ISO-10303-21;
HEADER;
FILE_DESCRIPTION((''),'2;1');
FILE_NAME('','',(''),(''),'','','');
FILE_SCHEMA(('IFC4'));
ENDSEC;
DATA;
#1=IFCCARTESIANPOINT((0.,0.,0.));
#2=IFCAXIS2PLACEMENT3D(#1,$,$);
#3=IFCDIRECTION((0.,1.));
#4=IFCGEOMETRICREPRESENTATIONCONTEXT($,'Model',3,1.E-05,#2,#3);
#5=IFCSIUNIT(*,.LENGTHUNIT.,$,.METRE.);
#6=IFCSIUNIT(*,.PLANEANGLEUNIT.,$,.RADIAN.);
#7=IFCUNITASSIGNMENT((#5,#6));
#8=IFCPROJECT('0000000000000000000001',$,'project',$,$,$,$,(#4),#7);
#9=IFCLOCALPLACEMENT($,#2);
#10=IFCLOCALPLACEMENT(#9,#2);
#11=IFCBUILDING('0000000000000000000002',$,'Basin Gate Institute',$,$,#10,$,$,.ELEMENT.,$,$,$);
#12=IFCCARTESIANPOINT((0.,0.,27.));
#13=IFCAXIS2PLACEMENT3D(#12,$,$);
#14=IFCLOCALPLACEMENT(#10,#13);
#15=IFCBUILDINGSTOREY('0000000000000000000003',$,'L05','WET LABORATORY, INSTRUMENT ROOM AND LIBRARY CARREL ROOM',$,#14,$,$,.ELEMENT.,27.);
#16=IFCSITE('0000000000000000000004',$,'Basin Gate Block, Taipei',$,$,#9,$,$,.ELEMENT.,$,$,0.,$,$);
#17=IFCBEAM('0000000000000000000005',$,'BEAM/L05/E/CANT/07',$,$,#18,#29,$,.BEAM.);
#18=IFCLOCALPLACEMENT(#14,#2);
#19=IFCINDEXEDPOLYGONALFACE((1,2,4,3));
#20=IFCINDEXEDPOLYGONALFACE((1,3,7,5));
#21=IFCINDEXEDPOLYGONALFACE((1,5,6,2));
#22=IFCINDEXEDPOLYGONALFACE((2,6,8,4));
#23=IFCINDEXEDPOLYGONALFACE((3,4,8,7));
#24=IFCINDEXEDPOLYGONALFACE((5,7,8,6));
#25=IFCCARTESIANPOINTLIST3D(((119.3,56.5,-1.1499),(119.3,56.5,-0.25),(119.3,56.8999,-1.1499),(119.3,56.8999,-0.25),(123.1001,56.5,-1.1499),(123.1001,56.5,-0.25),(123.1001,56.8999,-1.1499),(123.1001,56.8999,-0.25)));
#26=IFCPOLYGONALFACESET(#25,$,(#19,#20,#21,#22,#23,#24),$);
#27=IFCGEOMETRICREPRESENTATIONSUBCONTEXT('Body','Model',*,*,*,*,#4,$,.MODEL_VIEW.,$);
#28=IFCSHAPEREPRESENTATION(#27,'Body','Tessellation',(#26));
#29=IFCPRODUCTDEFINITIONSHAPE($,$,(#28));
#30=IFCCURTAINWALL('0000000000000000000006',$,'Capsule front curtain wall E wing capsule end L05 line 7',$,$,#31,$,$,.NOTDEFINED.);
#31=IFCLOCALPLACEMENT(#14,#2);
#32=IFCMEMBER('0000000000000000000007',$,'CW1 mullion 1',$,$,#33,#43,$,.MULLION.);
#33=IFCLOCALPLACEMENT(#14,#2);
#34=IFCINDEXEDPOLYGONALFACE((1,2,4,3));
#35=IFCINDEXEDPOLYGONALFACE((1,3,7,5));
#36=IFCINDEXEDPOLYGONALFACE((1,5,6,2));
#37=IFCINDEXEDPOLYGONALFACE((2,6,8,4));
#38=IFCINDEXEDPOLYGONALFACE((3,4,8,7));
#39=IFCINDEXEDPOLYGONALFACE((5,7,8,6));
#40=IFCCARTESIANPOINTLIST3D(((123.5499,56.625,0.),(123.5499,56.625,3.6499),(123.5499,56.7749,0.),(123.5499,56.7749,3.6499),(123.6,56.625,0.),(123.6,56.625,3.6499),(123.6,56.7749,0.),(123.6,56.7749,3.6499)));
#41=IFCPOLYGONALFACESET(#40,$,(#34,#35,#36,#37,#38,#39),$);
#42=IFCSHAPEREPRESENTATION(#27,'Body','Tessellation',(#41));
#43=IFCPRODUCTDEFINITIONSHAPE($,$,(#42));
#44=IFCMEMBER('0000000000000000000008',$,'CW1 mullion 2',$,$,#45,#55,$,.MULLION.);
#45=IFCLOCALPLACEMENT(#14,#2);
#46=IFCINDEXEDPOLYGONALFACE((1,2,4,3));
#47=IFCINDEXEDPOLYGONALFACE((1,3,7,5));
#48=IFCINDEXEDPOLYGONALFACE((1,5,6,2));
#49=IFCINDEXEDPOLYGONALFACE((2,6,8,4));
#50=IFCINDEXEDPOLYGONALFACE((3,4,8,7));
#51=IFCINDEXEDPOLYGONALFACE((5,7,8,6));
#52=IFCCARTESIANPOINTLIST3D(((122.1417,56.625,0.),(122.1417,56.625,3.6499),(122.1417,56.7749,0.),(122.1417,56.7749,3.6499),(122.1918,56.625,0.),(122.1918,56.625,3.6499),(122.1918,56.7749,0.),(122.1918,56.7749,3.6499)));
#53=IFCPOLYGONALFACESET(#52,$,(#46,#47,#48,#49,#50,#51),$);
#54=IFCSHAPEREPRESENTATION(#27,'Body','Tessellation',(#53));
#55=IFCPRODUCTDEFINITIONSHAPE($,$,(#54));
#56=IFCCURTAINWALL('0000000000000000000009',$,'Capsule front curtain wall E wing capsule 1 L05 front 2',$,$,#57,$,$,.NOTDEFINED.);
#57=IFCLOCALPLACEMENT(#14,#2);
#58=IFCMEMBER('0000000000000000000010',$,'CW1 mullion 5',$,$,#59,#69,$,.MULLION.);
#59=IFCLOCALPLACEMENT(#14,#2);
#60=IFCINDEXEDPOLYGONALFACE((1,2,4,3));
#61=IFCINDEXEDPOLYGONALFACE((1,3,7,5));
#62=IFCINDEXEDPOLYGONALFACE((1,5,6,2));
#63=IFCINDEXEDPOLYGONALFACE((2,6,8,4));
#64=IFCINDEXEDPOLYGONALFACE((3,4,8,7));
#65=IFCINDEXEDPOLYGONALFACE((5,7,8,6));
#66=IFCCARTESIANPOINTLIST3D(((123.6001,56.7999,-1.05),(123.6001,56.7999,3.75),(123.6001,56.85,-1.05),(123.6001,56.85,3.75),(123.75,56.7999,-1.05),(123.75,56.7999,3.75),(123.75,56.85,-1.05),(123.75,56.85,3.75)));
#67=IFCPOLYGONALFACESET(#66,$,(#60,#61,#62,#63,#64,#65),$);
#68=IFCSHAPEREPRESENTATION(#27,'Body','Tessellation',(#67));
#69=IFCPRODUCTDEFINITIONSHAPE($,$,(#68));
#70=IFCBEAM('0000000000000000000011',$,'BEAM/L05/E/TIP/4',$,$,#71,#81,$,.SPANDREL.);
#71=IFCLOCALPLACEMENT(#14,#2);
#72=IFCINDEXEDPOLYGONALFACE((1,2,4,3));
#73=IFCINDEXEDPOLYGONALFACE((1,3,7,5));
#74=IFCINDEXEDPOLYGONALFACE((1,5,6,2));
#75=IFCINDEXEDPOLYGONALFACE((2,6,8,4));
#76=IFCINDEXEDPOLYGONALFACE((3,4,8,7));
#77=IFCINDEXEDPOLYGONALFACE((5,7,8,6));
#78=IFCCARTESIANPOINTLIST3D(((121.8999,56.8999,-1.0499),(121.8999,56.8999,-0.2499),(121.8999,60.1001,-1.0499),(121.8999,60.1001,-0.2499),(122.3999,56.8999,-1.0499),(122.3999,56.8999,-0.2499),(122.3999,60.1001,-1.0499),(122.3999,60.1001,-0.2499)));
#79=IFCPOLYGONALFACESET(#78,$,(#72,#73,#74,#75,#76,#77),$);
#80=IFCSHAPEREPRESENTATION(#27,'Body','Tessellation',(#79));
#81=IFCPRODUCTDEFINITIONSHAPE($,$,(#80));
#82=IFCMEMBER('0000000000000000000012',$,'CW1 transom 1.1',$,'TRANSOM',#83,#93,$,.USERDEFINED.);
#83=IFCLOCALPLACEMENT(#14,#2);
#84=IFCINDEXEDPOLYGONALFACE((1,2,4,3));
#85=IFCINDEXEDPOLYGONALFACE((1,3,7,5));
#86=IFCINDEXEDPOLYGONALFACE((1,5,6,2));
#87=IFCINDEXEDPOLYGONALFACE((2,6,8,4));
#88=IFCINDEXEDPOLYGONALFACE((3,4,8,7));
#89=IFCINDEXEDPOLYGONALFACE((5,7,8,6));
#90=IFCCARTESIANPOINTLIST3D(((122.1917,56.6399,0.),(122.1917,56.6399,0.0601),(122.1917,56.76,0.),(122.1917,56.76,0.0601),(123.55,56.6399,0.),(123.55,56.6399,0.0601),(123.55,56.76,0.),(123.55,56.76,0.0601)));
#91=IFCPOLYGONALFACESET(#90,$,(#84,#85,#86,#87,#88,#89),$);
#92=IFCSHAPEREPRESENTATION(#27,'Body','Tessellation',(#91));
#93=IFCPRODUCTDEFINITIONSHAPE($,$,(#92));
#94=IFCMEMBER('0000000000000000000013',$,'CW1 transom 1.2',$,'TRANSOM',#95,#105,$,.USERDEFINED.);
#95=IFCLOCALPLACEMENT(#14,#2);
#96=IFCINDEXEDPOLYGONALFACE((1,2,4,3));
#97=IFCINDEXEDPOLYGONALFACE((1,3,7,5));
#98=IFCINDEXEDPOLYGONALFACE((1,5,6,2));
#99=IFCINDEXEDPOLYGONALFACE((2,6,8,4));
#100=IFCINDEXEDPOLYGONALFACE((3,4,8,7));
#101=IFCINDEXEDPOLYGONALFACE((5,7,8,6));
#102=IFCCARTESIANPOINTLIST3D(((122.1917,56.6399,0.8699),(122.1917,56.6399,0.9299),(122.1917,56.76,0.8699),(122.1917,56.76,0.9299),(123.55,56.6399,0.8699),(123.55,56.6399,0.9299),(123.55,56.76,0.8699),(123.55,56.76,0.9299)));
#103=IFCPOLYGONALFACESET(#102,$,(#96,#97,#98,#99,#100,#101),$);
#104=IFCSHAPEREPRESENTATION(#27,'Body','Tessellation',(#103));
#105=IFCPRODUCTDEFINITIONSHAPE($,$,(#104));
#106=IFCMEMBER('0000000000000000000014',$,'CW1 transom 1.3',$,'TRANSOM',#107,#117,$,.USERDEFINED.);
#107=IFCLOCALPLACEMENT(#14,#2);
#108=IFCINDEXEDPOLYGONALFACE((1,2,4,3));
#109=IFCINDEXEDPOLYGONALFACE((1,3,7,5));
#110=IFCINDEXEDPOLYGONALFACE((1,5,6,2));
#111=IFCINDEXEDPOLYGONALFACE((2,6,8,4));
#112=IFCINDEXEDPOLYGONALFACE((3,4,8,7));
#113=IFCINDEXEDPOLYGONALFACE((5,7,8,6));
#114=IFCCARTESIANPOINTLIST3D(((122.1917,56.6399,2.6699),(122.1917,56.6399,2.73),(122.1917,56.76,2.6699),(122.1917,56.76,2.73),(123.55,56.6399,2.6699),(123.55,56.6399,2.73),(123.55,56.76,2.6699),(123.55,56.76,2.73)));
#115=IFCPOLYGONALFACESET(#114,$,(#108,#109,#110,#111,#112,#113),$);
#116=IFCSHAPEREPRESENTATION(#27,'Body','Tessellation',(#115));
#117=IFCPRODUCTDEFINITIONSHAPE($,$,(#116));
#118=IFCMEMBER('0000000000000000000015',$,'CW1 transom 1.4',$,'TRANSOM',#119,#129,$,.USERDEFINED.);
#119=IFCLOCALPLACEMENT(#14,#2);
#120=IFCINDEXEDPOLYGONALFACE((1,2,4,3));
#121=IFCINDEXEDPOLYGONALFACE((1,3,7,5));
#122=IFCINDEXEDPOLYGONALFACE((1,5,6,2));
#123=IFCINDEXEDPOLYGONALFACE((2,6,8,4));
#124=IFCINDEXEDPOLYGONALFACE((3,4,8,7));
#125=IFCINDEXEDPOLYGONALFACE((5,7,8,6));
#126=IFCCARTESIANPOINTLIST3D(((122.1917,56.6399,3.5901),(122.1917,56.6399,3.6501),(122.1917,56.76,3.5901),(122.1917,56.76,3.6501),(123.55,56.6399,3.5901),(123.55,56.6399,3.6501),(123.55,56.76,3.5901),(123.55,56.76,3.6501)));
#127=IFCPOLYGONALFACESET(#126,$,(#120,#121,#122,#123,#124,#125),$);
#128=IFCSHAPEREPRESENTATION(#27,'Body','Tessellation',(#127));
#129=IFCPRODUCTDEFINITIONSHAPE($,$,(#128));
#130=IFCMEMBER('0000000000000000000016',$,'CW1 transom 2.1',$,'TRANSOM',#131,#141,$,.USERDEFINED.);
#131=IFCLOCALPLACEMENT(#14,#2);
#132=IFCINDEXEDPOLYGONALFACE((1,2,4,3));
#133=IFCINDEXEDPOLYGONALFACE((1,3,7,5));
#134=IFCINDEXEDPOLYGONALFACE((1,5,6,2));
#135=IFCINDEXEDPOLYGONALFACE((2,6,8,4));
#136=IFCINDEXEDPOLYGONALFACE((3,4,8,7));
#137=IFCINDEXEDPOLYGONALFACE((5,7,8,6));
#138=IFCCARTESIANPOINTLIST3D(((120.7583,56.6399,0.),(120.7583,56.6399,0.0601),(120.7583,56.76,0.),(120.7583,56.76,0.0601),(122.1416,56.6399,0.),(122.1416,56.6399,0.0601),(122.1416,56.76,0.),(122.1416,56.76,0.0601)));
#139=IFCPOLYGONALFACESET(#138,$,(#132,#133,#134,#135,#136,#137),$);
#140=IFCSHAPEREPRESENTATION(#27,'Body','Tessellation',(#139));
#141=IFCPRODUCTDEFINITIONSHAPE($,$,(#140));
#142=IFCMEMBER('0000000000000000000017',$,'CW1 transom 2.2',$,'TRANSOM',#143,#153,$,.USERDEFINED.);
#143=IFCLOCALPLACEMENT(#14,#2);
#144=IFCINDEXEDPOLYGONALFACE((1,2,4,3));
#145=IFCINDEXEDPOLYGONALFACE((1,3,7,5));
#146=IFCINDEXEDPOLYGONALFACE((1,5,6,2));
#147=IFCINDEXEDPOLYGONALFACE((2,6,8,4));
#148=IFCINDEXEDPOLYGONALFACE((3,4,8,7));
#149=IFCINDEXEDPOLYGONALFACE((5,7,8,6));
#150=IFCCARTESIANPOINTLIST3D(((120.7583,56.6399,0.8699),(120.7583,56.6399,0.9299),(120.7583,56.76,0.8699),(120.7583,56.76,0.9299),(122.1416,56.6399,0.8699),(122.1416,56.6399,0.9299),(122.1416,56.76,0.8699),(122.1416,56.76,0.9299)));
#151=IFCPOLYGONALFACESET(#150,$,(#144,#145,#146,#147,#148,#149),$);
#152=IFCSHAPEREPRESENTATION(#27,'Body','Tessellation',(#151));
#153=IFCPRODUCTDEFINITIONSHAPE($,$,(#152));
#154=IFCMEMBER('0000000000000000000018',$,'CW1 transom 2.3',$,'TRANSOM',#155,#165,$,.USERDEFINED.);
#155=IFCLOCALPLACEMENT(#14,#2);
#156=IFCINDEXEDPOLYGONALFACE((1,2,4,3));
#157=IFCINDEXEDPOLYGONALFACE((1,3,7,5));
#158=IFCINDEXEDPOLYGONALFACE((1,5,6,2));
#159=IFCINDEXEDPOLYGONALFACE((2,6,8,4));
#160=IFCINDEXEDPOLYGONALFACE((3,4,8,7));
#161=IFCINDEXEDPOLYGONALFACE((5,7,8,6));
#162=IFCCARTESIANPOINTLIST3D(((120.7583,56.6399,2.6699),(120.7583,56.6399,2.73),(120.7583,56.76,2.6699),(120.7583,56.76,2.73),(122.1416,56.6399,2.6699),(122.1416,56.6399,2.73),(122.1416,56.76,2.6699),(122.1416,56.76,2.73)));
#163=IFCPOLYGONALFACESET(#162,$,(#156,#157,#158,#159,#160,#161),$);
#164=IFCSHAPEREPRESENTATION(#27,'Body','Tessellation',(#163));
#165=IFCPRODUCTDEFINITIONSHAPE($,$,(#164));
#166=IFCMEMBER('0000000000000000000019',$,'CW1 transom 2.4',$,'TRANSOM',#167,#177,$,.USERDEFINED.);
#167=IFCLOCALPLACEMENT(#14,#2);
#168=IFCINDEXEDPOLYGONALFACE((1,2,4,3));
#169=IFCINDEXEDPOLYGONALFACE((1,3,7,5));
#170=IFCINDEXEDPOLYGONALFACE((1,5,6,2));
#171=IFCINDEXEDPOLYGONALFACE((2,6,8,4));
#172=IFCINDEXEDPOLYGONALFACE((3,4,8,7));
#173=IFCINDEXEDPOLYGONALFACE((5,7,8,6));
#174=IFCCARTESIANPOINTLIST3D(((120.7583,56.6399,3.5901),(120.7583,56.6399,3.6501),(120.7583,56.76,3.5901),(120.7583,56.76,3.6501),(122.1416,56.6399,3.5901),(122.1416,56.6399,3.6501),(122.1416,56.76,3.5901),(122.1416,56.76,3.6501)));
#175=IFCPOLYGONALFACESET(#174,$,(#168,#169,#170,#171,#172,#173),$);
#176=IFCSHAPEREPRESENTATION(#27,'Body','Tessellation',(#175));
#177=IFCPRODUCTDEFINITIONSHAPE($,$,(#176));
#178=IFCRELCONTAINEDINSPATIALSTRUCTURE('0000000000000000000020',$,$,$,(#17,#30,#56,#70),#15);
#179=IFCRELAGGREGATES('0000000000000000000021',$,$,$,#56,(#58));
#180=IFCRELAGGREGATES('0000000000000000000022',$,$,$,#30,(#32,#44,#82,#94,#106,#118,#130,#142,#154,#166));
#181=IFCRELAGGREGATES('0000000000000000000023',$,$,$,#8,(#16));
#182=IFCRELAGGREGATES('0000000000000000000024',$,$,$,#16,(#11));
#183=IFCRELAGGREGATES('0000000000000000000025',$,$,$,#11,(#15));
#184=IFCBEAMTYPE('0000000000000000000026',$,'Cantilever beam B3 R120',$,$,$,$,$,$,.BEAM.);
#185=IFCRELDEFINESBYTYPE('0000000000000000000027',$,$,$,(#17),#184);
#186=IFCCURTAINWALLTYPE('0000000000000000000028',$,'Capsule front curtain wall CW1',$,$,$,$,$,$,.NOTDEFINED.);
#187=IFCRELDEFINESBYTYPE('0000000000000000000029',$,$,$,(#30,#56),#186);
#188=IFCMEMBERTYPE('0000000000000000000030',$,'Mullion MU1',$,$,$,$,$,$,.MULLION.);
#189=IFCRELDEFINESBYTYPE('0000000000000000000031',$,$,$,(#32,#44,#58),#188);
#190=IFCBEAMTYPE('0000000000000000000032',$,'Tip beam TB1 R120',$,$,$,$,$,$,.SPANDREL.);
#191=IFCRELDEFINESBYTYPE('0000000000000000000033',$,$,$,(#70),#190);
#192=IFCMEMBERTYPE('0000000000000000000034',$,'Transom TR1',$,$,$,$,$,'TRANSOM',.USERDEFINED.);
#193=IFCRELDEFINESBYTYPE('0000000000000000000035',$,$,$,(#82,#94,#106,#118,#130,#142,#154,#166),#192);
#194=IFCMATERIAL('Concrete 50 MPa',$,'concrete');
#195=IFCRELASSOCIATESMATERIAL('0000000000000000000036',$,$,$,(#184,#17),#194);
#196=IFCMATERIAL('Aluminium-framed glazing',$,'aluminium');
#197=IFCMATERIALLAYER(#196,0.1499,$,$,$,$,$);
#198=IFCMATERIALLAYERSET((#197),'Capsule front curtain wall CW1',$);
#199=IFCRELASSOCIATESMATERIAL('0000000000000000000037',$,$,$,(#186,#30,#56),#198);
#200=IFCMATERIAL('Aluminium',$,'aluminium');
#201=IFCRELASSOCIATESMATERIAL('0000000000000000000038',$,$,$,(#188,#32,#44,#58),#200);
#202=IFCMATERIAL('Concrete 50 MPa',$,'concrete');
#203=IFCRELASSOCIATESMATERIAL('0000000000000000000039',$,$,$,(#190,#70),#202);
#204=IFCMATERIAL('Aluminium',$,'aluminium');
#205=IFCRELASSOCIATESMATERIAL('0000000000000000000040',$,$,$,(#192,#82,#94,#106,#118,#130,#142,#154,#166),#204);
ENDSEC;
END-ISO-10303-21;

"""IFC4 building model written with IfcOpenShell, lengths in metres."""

from ifc_helpers import new_model, si_unit, direction, frame, origin, origin_2d, place, context, subcontext, project, spatial, rectangle, extrude, material, layer, layer_set, material_profile, profile_set, type_object, element, aggregate, save


model = new_model("IFC4")

# Units and contexts
model_context = context("Model", 3, precision=1e-05, world=origin(), true_north=direction((0.0, 1.0)))
body_context = subcontext(model_context, "Body", "Model", "MODEL_VIEW")
ifc_project = project(units=[si_unit("LENGTHUNIT", "METRE"), si_unit("PLANEANGLEUNIT", "RADIAN")], contexts=[model_context])

# Site, building, storey
site_placement = place(None, origin())
site = spatial("IfcSite", under=ifc_project, at=site_placement, Name="Basin Gate Block, Taipei", CompositionType="ELEMENT", RefElevation=0.0)
building_placement = place(site_placement, origin())
building = spatial("IfcBuilding", under=site, at=building_placement, Name="Basin Gate Institute", CompositionType="ELEMENT")
storey_placement = place(building_placement, frame((0.0, 0.0, 27.0)))
storey = spatial("IfcBuildingStorey", under=building, at=storey_placement, Name="L05", Description="WET LABORATORY, INSTRUMENT ROOM AND LIBRARY CARREL ROOM", CompositionType="ELEMENT", Elevation=27.0)

# Beam
ifc_material_1 = material(Name="Concrete 50 MPa", Category="concrete")
ifc_material_profile_1 = material_profile(ifc_material_1, rectangle(XDim=0.3999, YDim=0.8999, at=origin_2d()), Name="Cantilever beam B3 400 x 900")
ifc_profile_set_1 = profile_set([ifc_material_profile_1], Name="Concrete 50 MPa")
beam_type_1 = type_object("IfcBeamType", Name="Cantilever beam B3 R120", PredefinedType="BEAM", material=ifc_profile_set_1)
beam_1_placement = place(storey_placement, frame((123.1001, 56.7, -0.7), z_axis=(-1.0, 0.0, 0.0), x_axis=(0.0, -1.0, 0.0)))
element("IfcBeam", 1, at=beam_1_placement, inside=storey, type_object=beam_type_1, material=ifc_profile_set_1, Name="BEAM/L05/E/CANT/07", PredefinedType="BEAM", context=body_context, shape_type="SweptSolid", body=[
    extrude(rectangle(XDim=0.3999, YDim=0.8999, at=origin_2d()), origin(), (0.0, 0.0, 1.0), 3.8),
])

# Curtain wall, members
ifc_material_2 = material(Name="Aluminium-framed glazing", Category="aluminium")
ifc_layer_1 = layer(ifc_material_2, 0.1499)
ifc_layer_set_1 = layer_set([ifc_layer_1], Name="Capsule front curtain wall CW1")
curtain_wall_type = type_object("IfcCurtainWallType", Name="Capsule front curtain wall CW1", PredefinedType="NOTDEFINED", material=ifc_layer_set_1)
curtain_wall_1_placement = place(storey_placement, origin())
curtain_wall_1 = element("IfcCurtainWall", 2, at=curtain_wall_1_placement, inside=storey, type_object=curtain_wall_type, material=ifc_layer_set_1, Name="Capsule front curtain wall E wing capsule end L05 line 7", PredefinedType="NOTDEFINED")
ifc_material_3 = material(Name="Aluminium", Category="aluminium")
ifc_material_profile_2 = material_profile(ifc_material_3, rectangle(XDim=0.1499, YDim=0.05, at=origin_2d()), Name="Mullion MU1 150 x 50")
ifc_profile_set_2 = profile_set([ifc_material_profile_2], Name="Aluminium")
member_type_1 = type_object("IfcMemberType", Name="Mullion MU1", PredefinedType="MULLION", material=ifc_profile_set_2)
member_1_placement = place(storey_placement, frame((123.575, 56.7, 0.0), z_axis=(0.0, 0.0, 1.0), x_axis=(0.0, -1.0, 0.0)))
member_1 = element("IfcMember", 3, at=member_1_placement, type_object=member_type_1, material=ifc_profile_set_2, Name="CW1 mullion 1", PredefinedType="MULLION", context=body_context, shape_type="SweptSolid", body=[
    extrude(rectangle(XDim=0.1499, YDim=0.05, at=origin_2d()), origin(), (0.0, 0.0, 1.0), 3.6499),
])
member_2_placement = place(storey_placement, frame((122.1667, 56.7, 0.0), z_axis=(0.0, 0.0, 1.0), x_axis=(0.0, -1.0, 0.0)))
member_2 = element("IfcMember", 4, at=member_2_placement, type_object=member_type_1, material=ifc_profile_set_2, Name="CW1 mullion 2", PredefinedType="MULLION", context=body_context, shape_type="SweptSolid", body=[
    extrude(rectangle(XDim=0.1499, YDim=0.05, at=origin_2d()), origin(), (0.0, 0.0, 1.0), 3.6499),
])

# Curtain wall, member
curtain_wall_2_placement = place(storey_placement, origin())
curtain_wall_2 = element("IfcCurtainWall", 5, at=curtain_wall_2_placement, inside=storey, type_object=curtain_wall_type, material=ifc_layer_set_1, Name="Capsule front curtain wall E wing capsule 1 L05 front 2", PredefinedType="NOTDEFINED")
member_3_placement = place(storey_placement, frame((123.675, 56.825, -1.05), z_axis=(0.0, 0.0, 1.0), x_axis=(-1.0, 0.0, 0.0)))
member_3 = element("IfcMember", 6, at=member_3_placement, type_object=member_type_1, material=ifc_profile_set_2, Name="CW1 mullion 5", PredefinedType="MULLION", context=body_context, shape_type="SweptSolid", body=[
    extrude(rectangle(XDim=0.1499, YDim=0.05, at=origin_2d()), origin(), (0.0, 0.0, 1.0), 4.8),
])
aggregate(curtain_wall_2, [member_3])

# Beam
ifc_material_4 = material(Name="Concrete 50 MPa", Category="concrete")
ifc_material_profile_3 = material_profile(ifc_material_4, rectangle(XDim=0.5, YDim=0.8, at=origin_2d()), Name="Tip beam TB1 500 x 800")
ifc_profile_set_3 = profile_set([ifc_material_profile_3], Name="Concrete 50 MPa")
beam_type_2 = type_object("IfcBeamType", Name="Tip beam TB1 R120", PredefinedType="SPANDREL", material=ifc_profile_set_3)
beam_2_placement = place(storey_placement, frame((122.1499, 56.8999, -0.6499), z_axis=(0.0, 1.0, 0.0), x_axis=(-1.0, 0.0, 0.0)))
element("IfcBeam", 7, at=beam_2_placement, inside=storey, type_object=beam_type_2, material=ifc_profile_set_3, Name="BEAM/L05/E/TIP/4", PredefinedType="SPANDREL", context=body_context, shape_type="SweptSolid", body=[
    extrude(rectangle(XDim=0.5, YDim=0.8, at=origin_2d()), origin(), (0.0, 0.0, 1.0), 3.2002),
])

# Members
ifc_material_5 = material(Name="Aluminium", Category="aluminium")
ifc_material_profile_4 = material_profile(ifc_material_5, rectangle(XDim=0.1201, YDim=0.0601, at=origin_2d()), Name="Transom TR1 120 x 60")
ifc_profile_set_4 = profile_set([ifc_material_profile_4], Name="Aluminium")
member_type_2 = type_object("IfcMemberType", Name="Transom TR1", ElementType="TRANSOM", PredefinedType="USERDEFINED", material=ifc_profile_set_4)
member_4_placement = place(storey_placement, frame((123.55, 56.7, 0.03), z_axis=(-1.0, 0.0, 0.0), x_axis=(0.0, -1.0, 0.0)))
member_4 = element("IfcMember", 8, at=member_4_placement, type_object=member_type_2, material=ifc_profile_set_4, Name="CW1 transom 1.1", ObjectType="TRANSOM", PredefinedType="USERDEFINED", context=body_context, shape_type="SweptSolid", body=[
    extrude(rectangle(XDim=0.1201, YDim=0.0601, at=origin_2d()), origin(), (0.0, 0.0, 1.0), 1.3584),
])
member_5_placement = place(storey_placement, frame((123.55, 56.7, 0.8999), z_axis=(-1.0, 0.0, 0.0), x_axis=(0.0, -1.0, 0.0)))
member_5 = element("IfcMember", 9, at=member_5_placement, type_object=member_type_2, material=ifc_profile_set_4, Name="CW1 transom 1.2", ObjectType="TRANSOM", PredefinedType="USERDEFINED", context=body_context, shape_type="SweptSolid", body=[
    extrude(rectangle(XDim=0.1201, YDim=0.0601, at=origin_2d()), origin(), (0.0, 0.0, 1.0), 1.3584),
])
member_6_placement = place(storey_placement, frame((123.55, 56.7, 2.7), z_axis=(-1.0, 0.0, 0.0), x_axis=(0.0, -1.0, 0.0)))
member_6 = element("IfcMember", 10, at=member_6_placement, type_object=member_type_2, material=ifc_profile_set_4, Name="CW1 transom 1.3", ObjectType="TRANSOM", PredefinedType="USERDEFINED", context=body_context, shape_type="SweptSolid", body=[
    extrude(rectangle(XDim=0.1201, YDim=0.0601, at=origin_2d()), origin(), (0.0, 0.0, 1.0), 1.3584),
])
member_7_placement = place(storey_placement, frame((123.55, 56.7, 3.6201), z_axis=(-1.0, 0.0, 0.0), x_axis=(0.0, -1.0, 0.0)))
member_7 = element("IfcMember", 11, at=member_7_placement, type_object=member_type_2, material=ifc_profile_set_4, Name="CW1 transom 1.4", ObjectType="TRANSOM", PredefinedType="USERDEFINED", context=body_context, shape_type="SweptSolid", body=[
    extrude(rectangle(XDim=0.1201, YDim=0.0601, at=origin_2d()), origin(), (0.0, 0.0, 1.0), 1.3584),
])
member_8_placement = place(storey_placement, frame((122.1416, 56.7, 0.03), z_axis=(-1.0, 0.0, 0.0), x_axis=(0.0, -1.0, 0.0)))
member_8 = element("IfcMember", 12, at=member_8_placement, type_object=member_type_2, material=ifc_profile_set_4, Name="CW1 transom 2.1", ObjectType="TRANSOM", PredefinedType="USERDEFINED", context=body_context, shape_type="SweptSolid", body=[
    extrude(rectangle(XDim=0.1201, YDim=0.0601, at=origin_2d()), origin(), (0.0, 0.0, 1.0), 1.3833),
])
member_9_placement = place(storey_placement, frame((122.1416, 56.7, 0.8999), z_axis=(-1.0, 0.0, 0.0), x_axis=(0.0, -1.0, 0.0)))
member_9 = element("IfcMember", 13, at=member_9_placement, type_object=member_type_2, material=ifc_profile_set_4, Name="CW1 transom 2.2", ObjectType="TRANSOM", PredefinedType="USERDEFINED", context=body_context, shape_type="SweptSolid", body=[
    extrude(rectangle(XDim=0.1201, YDim=0.0601, at=origin_2d()), origin(), (0.0, 0.0, 1.0), 1.3833),
])
member_10_placement = place(storey_placement, frame((122.1416, 56.7, 2.7), z_axis=(-1.0, 0.0, 0.0), x_axis=(0.0, -1.0, 0.0)))
member_10 = element("IfcMember", 14, at=member_10_placement, type_object=member_type_2, material=ifc_profile_set_4, Name="CW1 transom 2.3", ObjectType="TRANSOM", PredefinedType="USERDEFINED", context=body_context, shape_type="SweptSolid", body=[
    extrude(rectangle(XDim=0.1201, YDim=0.0601, at=origin_2d()), origin(), (0.0, 0.0, 1.0), 1.3833),
])
member_11_placement = place(storey_placement, frame((122.1416, 56.7, 3.6201), z_axis=(-1.0, 0.0, 0.0), x_axis=(0.0, -1.0, 0.0)))
member_11 = element("IfcMember", 15, at=member_11_placement, type_object=member_type_2, material=ifc_profile_set_4, Name="CW1 transom 2.4", ObjectType="TRANSOM", PredefinedType="USERDEFINED", context=body_context, shape_type="SweptSolid", body=[
    extrude(rectangle(XDim=0.1201, YDim=0.0601, at=origin_2d()), origin(), (0.0, 0.0, 1.0), 1.3833),
])

aggregate(curtain_wall_1, [member_1, member_2, member_4, member_5, member_6, member_7, member_8, member_9, member_10, member_11])

save(model, "model.ifc")
